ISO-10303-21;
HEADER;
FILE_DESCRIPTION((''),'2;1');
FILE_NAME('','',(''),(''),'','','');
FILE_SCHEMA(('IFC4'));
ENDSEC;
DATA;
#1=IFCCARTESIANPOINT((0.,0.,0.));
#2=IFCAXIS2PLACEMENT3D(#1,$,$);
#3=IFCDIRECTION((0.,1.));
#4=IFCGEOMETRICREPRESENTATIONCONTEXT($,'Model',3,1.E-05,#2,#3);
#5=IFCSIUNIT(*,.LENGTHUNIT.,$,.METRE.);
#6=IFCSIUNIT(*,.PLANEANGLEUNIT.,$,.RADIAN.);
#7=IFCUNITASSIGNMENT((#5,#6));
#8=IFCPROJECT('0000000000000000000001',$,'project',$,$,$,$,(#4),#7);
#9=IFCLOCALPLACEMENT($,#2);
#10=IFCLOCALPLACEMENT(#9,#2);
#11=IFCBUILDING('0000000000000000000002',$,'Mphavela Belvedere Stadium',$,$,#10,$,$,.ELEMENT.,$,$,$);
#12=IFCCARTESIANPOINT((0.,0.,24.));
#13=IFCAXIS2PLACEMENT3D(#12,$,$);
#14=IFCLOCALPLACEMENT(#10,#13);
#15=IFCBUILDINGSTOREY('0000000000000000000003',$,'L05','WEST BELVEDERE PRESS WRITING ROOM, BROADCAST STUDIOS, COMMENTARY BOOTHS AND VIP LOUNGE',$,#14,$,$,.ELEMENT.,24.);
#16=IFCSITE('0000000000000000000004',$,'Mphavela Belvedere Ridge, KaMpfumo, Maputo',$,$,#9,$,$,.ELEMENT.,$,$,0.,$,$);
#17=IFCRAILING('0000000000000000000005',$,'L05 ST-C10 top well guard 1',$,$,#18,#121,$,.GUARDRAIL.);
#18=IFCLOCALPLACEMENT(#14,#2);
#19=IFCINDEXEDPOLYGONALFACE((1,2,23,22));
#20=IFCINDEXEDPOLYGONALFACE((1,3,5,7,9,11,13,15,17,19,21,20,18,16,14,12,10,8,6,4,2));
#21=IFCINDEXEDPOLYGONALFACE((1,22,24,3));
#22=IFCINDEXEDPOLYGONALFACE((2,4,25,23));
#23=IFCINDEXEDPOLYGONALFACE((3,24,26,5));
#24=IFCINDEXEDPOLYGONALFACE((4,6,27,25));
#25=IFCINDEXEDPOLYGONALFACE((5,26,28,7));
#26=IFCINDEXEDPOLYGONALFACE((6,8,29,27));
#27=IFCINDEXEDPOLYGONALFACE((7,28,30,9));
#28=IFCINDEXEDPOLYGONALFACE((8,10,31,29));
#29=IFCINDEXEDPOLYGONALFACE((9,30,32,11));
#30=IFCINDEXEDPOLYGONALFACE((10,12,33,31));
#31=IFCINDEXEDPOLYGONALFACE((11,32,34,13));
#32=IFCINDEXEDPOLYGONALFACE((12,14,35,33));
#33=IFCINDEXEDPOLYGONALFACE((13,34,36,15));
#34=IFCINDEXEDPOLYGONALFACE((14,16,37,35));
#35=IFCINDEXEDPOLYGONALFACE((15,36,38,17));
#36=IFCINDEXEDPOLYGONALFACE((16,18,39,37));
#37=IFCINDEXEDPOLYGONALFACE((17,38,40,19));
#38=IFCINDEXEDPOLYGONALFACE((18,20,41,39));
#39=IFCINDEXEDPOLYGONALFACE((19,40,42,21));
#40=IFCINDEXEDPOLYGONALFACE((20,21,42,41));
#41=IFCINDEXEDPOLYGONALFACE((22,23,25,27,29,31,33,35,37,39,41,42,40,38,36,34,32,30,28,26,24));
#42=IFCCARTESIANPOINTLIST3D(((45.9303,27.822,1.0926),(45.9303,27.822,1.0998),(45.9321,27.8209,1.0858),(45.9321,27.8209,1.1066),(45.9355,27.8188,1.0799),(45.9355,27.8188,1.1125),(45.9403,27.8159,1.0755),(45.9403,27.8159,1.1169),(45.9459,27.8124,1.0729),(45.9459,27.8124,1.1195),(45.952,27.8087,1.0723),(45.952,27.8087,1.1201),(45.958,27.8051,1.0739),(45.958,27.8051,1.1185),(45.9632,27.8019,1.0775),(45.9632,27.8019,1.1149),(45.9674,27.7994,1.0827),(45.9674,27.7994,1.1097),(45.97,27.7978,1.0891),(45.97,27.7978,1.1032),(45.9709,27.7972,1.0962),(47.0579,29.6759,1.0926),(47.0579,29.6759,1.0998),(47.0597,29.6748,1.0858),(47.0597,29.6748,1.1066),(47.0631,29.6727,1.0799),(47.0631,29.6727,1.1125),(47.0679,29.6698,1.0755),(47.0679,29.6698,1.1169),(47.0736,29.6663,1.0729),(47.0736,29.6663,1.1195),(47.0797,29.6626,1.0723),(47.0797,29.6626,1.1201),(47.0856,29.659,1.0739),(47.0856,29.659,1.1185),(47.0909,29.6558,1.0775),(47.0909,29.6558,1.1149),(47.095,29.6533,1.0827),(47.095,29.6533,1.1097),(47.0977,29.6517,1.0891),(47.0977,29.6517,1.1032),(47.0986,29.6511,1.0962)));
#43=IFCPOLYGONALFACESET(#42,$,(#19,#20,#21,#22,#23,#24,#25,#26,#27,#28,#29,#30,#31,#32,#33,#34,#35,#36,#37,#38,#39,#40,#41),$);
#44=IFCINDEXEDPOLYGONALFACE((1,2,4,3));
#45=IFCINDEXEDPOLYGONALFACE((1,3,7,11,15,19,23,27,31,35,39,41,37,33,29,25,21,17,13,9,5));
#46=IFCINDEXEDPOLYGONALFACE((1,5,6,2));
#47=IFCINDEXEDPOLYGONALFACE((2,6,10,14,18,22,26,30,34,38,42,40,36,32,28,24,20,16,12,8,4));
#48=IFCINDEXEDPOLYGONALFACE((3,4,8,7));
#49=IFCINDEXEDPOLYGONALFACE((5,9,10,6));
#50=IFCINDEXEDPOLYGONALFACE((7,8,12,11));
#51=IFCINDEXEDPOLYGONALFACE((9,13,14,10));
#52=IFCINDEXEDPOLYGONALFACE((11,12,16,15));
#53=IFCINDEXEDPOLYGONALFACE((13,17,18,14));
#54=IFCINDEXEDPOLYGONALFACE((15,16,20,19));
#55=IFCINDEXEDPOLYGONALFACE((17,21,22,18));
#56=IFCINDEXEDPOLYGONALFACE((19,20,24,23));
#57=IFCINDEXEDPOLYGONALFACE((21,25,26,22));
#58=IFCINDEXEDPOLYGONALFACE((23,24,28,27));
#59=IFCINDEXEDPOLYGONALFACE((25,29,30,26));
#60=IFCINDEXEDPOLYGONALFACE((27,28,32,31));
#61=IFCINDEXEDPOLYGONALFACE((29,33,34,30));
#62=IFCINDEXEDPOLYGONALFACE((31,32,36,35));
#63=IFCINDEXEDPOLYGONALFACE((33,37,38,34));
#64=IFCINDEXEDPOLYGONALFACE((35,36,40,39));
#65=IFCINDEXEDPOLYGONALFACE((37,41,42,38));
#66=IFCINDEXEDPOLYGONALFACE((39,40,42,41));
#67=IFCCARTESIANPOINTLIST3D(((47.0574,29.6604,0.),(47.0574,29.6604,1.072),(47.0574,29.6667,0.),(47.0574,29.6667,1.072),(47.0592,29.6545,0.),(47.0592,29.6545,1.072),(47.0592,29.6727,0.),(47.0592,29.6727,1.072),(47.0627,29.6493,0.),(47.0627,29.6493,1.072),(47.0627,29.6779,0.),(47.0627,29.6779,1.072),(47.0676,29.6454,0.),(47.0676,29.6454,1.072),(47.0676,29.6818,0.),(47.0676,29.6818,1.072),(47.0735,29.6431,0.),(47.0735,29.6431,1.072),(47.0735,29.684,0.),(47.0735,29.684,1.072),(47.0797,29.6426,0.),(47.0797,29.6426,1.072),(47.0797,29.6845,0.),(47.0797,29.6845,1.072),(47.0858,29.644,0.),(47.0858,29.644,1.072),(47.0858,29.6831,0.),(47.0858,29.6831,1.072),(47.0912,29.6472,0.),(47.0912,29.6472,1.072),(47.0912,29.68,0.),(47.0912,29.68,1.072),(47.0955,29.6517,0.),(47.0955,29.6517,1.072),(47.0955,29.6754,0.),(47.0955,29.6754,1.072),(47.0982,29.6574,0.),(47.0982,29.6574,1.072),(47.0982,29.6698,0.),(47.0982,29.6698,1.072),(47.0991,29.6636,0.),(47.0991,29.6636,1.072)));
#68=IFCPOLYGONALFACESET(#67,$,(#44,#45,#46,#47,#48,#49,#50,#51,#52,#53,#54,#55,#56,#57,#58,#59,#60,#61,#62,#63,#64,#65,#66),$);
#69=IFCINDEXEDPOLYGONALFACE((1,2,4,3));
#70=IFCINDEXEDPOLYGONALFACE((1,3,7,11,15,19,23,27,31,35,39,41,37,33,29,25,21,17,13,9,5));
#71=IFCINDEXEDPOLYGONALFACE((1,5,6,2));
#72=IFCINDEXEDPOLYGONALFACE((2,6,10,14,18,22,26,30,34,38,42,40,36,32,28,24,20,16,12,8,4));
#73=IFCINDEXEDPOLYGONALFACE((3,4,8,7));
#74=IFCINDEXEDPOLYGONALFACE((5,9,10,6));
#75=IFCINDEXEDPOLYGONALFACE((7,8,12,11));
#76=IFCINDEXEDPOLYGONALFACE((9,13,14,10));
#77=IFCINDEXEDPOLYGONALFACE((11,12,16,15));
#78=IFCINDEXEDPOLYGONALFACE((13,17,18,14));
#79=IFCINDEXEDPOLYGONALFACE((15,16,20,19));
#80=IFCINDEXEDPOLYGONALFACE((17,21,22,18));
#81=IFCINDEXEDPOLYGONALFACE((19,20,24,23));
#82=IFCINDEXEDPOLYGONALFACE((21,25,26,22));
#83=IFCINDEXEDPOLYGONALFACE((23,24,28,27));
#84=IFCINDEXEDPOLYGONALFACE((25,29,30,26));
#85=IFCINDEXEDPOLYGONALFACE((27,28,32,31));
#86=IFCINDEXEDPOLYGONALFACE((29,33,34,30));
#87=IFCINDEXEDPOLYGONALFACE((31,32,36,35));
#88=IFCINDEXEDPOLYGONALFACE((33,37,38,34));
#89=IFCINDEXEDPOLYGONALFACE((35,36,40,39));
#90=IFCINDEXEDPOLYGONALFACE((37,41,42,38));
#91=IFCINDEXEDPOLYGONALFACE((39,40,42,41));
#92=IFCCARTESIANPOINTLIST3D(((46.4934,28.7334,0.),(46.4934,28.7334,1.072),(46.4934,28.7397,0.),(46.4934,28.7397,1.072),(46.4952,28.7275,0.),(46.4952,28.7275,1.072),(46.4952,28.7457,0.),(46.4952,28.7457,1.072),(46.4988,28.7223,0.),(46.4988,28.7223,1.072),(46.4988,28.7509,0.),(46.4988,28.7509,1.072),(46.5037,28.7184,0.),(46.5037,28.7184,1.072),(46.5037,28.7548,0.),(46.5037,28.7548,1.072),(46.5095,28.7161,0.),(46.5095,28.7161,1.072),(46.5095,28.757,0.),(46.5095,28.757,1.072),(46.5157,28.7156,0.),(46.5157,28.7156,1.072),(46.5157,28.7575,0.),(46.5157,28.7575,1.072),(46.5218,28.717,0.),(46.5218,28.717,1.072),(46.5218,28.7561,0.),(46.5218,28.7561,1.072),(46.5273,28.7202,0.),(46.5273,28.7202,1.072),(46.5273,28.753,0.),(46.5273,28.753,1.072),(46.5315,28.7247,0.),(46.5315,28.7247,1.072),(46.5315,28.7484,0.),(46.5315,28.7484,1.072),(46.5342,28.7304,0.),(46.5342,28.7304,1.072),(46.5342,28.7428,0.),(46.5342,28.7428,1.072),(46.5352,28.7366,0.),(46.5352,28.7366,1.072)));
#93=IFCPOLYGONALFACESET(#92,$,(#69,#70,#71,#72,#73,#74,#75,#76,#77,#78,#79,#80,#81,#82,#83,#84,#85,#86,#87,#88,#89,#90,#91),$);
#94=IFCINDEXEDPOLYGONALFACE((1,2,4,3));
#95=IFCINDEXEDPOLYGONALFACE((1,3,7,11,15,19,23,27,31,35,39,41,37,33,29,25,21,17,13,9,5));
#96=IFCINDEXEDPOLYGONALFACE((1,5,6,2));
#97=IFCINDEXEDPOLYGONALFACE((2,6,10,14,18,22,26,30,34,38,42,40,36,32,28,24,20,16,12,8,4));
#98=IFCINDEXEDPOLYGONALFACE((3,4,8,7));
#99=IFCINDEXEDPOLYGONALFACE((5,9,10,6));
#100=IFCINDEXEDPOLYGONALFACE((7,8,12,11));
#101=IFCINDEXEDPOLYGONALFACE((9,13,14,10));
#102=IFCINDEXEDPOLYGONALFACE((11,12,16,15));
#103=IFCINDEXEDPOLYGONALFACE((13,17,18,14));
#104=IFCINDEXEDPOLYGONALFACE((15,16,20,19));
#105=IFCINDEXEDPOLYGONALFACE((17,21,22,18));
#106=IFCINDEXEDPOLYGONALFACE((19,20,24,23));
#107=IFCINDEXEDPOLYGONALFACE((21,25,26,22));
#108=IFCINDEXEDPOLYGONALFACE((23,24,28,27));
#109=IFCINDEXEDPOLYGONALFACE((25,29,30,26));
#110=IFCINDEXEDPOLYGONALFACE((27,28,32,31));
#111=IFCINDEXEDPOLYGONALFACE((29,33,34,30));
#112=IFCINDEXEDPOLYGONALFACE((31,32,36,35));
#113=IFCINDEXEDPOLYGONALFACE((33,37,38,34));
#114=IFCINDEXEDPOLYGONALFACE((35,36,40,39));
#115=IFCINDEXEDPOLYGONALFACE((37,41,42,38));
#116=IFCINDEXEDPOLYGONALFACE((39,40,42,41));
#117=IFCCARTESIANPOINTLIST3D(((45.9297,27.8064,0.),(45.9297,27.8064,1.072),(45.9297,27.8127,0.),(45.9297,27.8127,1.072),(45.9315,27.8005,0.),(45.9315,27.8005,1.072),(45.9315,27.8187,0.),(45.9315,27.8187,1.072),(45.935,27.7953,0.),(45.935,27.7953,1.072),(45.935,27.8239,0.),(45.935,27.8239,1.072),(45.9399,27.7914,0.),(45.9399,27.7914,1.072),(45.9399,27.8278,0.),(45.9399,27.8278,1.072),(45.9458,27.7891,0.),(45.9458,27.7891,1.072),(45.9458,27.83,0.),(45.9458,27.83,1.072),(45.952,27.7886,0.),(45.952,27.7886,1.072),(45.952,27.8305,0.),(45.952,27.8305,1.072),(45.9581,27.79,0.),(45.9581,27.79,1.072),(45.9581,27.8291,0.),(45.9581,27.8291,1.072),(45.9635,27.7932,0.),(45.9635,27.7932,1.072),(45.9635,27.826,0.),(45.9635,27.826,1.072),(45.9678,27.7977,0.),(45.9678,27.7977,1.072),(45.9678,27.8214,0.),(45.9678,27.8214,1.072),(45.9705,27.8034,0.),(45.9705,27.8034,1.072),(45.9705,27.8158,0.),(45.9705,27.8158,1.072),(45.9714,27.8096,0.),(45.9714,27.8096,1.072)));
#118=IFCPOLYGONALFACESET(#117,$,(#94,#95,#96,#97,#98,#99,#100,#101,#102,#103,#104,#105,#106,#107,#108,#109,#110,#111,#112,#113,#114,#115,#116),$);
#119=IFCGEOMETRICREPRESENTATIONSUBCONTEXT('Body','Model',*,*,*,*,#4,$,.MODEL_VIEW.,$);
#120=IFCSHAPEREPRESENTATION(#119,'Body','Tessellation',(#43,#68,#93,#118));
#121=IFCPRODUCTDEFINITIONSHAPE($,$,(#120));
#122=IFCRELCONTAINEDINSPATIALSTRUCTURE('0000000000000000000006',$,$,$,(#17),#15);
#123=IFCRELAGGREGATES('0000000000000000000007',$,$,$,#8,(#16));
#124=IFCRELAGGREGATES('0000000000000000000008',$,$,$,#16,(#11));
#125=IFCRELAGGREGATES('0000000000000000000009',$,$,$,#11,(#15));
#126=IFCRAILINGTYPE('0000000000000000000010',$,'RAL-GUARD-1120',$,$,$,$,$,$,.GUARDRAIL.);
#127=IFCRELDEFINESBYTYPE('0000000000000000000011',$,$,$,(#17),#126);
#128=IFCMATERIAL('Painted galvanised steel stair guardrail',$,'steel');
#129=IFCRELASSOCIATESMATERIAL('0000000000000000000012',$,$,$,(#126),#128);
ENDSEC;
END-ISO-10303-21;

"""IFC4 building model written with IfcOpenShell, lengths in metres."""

from ifc_helpers import new_model, si_unit, direction, frame, origin, origin_2d, place, context, subcontext, project, spatial, circle, extrude, material, type_object, element, save


model = new_model("IFC4")

# Units and contexts
model_context = context("Model", 3, precision=1e-05, world=origin(), true_north=direction((0.0, 1.0)))
body_context = subcontext(model_context, "Body", "Model", "MODEL_VIEW")
ifc_project = project(units=[si_unit("LENGTHUNIT", "METRE"), si_unit("PLANEANGLEUNIT", "RADIAN")], contexts=[model_context])

# Site, building, storey
site_placement = place(None, origin())
site = spatial("IfcSite", under=ifc_project, at=site_placement, Name="Mphavela Belvedere Ridge, KaMpfumo, Maputo", CompositionType="ELEMENT", RefElevation=0.0)
building_placement = place(site_placement, origin())
building = spatial("IfcBuilding", under=site, at=building_placement, Name="Mphavela Belvedere Stadium", CompositionType="ELEMENT")
storey_placement = place(building_placement, frame((0.0, 0.0, 24.0)))
storey = spatial("IfcBuildingStorey", under=building, at=storey_placement, Name="L05", Description="WEST BELVEDERE PRESS WRITING ROOM, BROADCAST STUDIOS, COMMENTARY BOOTHS AND VIP LOUNGE", CompositionType="ELEMENT", Elevation=24.0)

# Railing
ifc_material_1 = material(Name="Painted galvanised steel stair guardrail", Category="steel")
railing_type = type_object("IfcRailingType", Name="RAL-GUARD-1120", PredefinedType="GUARDRAIL", material=ifc_material_1)
railing_placement = place(storey_placement, frame((47.0781, 29.6636, 0.0)))
element("IfcRailing", 1, at=railing_placement, inside=storey, type_object=railing_type, Name="L05 ST-C10 top well guard 1", PredefinedType="GUARDRAIL", context=body_context, shape_type="SweptSolid", body=[
    extrude(circle(Radius=0.0239, at=origin_2d()), frame((0.0, 0.0, 1.0962), z_axis=(-0.519665, -0.85437, 0.0), x_axis=(0.85437, -0.519665, 0.0)), (0.0, 0.0, 1.0), 2.1699),
    extrude(circle(Radius=0.021, at=origin_2d()), origin(), (0.0, 0.0, 1.0), 1.072),
    extrude(circle(Radius=0.021, at=origin_2d()), frame((-0.564, -0.927, 0.0)), (0.0, 0.0, 1.0), 1.072),
    extrude(circle(Radius=0.021, at=origin_2d()), frame((-1.1277, -1.854, 0.0)), (0.0, 0.0, 1.0), 1.072),
])

save(model, "model.ifc")
